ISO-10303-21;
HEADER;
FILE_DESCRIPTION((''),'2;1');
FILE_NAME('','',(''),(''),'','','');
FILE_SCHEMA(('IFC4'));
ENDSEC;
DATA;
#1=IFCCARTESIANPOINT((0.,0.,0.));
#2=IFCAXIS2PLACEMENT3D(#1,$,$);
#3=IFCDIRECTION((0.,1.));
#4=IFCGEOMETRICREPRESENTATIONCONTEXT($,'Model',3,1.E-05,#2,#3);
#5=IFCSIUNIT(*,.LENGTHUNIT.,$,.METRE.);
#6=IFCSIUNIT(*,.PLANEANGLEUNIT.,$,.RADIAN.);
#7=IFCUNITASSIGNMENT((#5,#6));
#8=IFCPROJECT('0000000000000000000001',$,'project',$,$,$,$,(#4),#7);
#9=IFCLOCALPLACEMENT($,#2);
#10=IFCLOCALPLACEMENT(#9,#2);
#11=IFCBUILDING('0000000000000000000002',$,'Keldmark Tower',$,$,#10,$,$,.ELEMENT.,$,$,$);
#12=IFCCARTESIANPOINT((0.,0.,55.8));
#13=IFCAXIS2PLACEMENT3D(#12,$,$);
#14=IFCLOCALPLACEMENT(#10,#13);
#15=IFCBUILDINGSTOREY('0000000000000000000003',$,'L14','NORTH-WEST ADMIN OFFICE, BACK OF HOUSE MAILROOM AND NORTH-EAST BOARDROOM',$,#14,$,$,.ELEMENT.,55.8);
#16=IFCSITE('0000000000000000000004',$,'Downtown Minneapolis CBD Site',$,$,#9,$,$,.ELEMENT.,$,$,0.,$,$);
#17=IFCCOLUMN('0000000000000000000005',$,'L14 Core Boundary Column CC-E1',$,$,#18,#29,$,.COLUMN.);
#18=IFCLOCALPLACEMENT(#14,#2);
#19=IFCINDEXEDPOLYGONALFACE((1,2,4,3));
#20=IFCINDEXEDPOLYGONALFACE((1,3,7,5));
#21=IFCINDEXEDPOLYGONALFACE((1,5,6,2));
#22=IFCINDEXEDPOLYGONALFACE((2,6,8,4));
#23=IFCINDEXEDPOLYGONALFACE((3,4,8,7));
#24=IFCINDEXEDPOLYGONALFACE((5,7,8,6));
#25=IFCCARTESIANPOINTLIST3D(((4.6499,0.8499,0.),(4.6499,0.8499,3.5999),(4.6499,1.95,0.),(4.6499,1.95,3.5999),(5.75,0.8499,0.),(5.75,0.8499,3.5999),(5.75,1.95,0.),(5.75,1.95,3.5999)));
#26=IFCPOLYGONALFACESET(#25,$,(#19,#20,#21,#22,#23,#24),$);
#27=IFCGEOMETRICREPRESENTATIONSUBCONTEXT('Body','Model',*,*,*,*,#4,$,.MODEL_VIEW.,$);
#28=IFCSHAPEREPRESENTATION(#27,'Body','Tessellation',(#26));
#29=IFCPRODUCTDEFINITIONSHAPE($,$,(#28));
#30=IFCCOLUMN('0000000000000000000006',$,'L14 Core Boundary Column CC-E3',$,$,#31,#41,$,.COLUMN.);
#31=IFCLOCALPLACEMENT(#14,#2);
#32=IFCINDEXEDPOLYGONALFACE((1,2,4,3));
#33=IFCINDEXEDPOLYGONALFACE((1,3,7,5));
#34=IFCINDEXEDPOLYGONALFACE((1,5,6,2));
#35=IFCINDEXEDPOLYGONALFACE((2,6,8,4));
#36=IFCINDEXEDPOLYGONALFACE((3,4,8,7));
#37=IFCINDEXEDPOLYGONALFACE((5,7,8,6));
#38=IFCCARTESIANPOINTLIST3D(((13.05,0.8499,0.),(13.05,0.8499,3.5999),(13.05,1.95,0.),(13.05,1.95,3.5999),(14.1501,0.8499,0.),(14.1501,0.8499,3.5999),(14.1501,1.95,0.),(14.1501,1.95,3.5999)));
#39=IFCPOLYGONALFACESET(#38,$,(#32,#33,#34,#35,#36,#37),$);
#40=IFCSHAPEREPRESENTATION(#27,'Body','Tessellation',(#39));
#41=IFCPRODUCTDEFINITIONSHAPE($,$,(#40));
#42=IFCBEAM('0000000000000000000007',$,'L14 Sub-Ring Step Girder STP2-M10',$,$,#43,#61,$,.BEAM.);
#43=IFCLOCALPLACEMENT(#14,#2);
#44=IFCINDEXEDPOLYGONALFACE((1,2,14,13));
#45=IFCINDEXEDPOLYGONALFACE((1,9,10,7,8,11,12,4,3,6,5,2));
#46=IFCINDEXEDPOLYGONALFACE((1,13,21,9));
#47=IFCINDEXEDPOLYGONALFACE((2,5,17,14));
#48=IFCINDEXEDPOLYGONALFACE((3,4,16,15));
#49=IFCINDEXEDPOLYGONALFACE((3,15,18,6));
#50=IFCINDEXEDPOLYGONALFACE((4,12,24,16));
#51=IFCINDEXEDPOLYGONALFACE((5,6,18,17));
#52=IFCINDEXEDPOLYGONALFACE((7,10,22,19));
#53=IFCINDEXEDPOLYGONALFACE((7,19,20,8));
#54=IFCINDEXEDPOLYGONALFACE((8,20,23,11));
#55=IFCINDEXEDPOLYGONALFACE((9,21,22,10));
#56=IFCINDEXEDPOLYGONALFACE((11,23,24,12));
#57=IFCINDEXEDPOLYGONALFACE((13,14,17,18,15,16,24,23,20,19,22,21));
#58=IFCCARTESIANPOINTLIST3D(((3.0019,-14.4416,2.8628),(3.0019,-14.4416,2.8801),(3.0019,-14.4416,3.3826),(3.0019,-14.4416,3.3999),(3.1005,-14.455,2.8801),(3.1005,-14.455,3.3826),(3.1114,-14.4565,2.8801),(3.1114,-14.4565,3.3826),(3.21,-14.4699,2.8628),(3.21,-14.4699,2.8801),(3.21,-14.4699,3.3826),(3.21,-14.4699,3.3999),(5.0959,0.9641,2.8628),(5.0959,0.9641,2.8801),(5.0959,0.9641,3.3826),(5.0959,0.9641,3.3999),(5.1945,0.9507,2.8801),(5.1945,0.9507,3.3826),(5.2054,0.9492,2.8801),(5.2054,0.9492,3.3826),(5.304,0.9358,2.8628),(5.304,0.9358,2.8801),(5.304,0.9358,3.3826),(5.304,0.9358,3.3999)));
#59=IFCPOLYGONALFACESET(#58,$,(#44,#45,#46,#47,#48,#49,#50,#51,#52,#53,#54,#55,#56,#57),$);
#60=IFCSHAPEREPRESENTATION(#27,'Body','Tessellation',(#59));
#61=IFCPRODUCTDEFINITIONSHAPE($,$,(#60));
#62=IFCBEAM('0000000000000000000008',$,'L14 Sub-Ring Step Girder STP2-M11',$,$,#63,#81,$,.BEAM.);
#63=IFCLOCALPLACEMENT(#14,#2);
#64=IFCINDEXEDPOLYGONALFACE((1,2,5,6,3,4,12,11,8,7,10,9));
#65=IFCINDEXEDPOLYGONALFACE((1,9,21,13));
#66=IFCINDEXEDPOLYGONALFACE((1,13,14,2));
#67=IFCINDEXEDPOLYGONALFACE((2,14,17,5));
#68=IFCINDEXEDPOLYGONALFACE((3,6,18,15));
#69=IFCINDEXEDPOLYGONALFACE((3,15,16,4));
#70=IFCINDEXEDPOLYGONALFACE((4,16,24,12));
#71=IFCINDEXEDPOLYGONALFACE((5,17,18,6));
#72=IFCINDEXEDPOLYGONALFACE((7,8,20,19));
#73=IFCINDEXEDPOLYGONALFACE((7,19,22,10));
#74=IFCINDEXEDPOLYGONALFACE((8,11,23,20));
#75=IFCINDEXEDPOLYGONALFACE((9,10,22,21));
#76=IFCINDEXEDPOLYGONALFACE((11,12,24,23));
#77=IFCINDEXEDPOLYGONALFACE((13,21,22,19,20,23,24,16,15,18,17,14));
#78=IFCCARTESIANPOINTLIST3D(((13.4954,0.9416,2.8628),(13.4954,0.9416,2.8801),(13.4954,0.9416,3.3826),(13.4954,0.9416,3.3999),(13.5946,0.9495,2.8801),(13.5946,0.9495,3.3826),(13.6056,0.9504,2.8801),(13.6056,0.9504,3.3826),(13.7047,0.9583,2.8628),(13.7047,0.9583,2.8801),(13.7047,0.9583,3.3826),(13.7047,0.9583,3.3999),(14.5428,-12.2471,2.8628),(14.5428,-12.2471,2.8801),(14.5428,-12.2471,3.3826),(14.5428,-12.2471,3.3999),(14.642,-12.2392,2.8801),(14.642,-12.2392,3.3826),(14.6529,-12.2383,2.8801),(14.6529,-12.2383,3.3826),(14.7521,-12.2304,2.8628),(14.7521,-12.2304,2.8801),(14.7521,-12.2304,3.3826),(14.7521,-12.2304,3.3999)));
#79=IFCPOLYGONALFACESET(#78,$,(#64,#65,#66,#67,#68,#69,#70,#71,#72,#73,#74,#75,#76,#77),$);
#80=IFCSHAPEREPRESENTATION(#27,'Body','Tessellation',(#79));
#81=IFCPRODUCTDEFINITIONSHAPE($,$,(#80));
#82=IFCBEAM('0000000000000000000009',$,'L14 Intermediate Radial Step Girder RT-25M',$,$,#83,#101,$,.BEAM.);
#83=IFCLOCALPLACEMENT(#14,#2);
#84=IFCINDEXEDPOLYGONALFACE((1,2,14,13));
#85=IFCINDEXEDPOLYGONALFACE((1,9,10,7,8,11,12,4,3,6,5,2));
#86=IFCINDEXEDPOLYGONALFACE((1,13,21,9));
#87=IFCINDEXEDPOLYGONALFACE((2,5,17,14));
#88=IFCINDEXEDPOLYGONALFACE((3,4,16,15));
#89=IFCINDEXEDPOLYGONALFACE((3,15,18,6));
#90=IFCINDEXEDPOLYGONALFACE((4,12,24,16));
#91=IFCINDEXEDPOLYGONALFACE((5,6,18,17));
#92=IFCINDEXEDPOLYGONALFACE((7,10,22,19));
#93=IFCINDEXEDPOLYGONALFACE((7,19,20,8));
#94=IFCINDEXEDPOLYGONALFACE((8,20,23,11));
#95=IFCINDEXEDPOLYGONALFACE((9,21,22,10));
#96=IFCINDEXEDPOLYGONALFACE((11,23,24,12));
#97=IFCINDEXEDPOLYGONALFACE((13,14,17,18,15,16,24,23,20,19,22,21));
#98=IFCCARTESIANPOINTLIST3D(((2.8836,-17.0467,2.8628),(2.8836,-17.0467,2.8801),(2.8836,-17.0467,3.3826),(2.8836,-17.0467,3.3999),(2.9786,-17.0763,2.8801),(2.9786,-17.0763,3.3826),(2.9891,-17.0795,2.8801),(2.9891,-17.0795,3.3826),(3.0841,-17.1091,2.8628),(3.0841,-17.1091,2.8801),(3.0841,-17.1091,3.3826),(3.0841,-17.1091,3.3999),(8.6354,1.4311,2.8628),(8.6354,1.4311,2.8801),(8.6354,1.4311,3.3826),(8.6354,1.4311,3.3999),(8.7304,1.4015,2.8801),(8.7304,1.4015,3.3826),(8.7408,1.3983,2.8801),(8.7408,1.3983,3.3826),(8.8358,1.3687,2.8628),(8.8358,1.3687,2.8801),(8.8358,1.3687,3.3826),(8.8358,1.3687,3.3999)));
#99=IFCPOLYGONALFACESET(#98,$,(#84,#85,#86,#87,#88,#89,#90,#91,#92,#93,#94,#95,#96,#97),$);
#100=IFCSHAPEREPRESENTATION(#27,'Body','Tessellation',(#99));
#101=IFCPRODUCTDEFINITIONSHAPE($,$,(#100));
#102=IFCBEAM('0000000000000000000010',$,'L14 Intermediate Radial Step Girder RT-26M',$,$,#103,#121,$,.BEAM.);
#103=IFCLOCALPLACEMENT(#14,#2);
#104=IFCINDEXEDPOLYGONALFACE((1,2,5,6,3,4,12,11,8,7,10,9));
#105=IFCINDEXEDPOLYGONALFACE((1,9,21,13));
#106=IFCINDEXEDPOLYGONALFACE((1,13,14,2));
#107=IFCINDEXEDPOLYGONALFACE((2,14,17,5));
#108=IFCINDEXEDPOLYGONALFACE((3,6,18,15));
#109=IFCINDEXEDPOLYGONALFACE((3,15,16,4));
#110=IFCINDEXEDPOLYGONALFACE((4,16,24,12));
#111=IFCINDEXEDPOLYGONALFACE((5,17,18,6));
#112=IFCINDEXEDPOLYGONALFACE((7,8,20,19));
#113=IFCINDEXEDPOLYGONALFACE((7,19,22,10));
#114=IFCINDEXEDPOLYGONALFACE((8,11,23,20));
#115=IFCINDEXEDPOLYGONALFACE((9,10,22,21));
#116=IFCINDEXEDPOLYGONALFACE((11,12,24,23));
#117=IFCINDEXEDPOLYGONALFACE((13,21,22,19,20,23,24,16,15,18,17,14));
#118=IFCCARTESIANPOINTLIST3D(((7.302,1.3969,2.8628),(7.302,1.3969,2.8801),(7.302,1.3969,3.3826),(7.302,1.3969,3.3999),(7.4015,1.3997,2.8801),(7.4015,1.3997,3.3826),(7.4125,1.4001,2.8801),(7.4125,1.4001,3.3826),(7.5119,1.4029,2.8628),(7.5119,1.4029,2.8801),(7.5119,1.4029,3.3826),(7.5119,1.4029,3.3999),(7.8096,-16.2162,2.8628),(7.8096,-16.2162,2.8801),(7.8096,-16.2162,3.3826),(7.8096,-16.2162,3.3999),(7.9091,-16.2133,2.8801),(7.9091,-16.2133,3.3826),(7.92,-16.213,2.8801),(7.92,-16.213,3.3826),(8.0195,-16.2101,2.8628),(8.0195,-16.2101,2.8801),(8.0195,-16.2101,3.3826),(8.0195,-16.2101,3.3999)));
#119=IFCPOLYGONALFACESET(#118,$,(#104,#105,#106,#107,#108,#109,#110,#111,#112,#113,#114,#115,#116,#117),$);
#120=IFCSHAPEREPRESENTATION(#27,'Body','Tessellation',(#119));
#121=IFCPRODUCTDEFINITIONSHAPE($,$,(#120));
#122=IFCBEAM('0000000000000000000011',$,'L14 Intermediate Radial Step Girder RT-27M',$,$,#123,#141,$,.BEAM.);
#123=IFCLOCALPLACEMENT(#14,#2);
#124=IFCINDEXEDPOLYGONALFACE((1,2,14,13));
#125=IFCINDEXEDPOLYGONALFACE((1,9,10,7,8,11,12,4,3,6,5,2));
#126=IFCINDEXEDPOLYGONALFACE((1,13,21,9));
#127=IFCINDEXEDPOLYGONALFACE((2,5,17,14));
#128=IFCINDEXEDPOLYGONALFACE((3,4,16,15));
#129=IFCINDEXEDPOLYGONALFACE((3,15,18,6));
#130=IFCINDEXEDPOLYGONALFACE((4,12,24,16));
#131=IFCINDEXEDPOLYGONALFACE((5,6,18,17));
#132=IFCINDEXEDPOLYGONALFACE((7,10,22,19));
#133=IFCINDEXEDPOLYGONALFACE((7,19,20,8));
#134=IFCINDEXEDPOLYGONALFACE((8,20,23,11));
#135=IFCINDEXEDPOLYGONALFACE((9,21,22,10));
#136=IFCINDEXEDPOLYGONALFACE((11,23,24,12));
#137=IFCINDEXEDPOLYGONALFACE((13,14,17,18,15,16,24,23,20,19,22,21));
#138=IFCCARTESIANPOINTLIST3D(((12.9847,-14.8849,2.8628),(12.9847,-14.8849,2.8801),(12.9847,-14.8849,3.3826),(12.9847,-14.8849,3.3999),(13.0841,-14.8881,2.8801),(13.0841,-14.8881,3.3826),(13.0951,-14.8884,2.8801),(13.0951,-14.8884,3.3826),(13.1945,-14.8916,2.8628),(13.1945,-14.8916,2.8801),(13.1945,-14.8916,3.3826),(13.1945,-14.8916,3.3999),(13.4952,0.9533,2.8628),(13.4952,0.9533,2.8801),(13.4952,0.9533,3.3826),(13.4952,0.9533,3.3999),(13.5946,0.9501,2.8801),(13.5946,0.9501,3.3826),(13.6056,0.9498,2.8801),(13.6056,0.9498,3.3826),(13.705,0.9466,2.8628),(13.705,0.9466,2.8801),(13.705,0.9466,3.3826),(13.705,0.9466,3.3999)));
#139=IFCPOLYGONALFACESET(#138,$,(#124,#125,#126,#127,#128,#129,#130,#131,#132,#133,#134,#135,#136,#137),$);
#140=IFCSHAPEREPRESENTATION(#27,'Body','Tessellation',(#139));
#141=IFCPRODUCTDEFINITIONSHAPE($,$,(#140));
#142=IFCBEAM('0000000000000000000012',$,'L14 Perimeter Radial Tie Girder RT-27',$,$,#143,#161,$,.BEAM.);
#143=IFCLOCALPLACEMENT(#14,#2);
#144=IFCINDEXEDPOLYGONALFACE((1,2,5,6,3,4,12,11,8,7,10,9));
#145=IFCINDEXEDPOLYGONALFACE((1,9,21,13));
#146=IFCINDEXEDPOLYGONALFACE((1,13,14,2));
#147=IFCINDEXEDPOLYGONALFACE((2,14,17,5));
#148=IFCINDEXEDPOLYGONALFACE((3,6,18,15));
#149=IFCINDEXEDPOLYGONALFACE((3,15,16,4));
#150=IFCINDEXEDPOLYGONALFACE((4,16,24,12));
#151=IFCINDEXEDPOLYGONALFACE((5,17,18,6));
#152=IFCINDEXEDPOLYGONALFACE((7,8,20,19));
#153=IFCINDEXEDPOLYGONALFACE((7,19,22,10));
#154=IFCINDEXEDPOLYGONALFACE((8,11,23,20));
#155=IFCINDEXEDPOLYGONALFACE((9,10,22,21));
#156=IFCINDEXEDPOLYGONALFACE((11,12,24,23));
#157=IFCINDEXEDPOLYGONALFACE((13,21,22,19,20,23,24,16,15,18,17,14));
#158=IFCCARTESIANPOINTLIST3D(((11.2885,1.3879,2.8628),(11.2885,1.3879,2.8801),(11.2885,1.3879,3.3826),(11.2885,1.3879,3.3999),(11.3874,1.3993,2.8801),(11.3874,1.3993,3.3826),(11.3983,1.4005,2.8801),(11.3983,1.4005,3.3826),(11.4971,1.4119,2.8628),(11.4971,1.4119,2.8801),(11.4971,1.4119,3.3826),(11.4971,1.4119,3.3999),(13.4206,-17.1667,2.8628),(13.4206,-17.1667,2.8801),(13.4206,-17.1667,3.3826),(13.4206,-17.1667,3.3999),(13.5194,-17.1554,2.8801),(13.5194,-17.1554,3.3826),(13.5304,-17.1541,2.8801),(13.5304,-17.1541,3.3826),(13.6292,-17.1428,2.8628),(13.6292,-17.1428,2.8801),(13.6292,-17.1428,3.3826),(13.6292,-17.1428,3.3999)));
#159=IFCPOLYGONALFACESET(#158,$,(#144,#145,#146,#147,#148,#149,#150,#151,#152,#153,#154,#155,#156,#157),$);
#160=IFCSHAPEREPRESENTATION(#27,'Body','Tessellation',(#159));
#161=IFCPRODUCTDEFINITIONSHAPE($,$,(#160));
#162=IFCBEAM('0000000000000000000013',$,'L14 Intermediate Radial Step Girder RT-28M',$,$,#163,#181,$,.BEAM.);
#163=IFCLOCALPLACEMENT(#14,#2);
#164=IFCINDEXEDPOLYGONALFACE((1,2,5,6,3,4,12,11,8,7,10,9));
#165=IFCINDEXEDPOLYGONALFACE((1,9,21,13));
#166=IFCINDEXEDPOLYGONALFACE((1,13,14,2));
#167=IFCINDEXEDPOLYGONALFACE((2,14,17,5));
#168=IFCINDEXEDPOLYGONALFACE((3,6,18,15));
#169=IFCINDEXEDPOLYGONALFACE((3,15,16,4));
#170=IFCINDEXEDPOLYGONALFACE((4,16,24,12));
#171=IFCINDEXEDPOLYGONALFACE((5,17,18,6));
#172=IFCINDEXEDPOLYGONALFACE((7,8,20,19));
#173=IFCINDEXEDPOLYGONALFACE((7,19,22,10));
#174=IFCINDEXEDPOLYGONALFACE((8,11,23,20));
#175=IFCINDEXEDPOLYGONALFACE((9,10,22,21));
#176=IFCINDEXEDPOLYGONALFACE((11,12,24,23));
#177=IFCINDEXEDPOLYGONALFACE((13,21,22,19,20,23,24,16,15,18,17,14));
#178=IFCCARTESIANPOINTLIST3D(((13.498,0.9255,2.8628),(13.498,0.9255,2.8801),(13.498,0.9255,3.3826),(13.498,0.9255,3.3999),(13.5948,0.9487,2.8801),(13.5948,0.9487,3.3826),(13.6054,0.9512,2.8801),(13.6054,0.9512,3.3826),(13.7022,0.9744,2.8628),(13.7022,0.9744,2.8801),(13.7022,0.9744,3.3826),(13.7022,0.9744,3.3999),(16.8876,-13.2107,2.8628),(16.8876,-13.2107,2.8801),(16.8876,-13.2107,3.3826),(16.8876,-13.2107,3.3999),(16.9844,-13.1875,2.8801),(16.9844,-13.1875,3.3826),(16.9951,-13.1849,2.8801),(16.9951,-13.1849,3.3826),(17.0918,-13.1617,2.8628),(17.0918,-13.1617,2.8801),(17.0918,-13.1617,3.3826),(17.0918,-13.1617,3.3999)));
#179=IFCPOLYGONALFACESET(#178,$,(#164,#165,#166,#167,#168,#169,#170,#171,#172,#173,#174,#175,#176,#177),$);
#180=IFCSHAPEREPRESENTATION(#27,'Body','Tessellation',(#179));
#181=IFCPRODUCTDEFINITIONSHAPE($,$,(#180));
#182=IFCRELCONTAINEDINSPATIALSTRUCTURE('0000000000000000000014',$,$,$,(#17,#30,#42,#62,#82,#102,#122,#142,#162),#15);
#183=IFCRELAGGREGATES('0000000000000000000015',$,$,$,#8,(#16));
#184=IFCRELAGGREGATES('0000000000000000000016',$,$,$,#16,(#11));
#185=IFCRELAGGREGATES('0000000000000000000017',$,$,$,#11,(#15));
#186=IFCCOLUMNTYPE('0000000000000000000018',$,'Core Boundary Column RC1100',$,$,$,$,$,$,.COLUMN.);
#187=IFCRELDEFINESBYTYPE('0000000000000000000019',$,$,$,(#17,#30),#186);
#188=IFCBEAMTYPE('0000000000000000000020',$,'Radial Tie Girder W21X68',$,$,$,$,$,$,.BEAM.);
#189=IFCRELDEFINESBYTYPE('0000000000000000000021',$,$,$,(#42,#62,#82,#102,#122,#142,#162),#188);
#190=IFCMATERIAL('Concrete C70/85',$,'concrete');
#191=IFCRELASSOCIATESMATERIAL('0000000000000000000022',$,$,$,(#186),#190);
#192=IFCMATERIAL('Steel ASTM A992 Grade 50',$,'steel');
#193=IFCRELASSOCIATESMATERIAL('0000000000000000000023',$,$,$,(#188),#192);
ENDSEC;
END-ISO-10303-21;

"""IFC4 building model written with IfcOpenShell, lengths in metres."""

from ifc_helpers import new_model, si_unit, direction, frame, origin, origin_2d, place, context, subcontext, project, spatial, rectangle, i_section, extrude, material, material_profile, profile_set, type_object, element, save


model = new_model("IFC4")

# Units and contexts
model_context = context("Model", 3, precision=1e-05, world=origin(), true_north=direction((0.0, 1.0)))
body_context = subcontext(model_context, "Body", "Model", "MODEL_VIEW")
ifc_project = project(units=[si_unit("LENGTHUNIT", "METRE"), si_unit("PLANEANGLEUNIT", "RADIAN")], contexts=[model_context])

# Site, building, storey
site_placement = place(None, origin())
site = spatial("IfcSite", under=ifc_project, at=site_placement, Name="Downtown Minneapolis CBD Site", CompositionType="ELEMENT", RefElevation=0.0)
building_placement = place(site_placement, origin())
building = spatial("IfcBuilding", under=site, at=building_placement, Name="Keldmark Tower", CompositionType="ELEMENT")
storey_placement = place(building_placement, frame((0.0, 0.0, 55.8)))
storey = spatial("IfcBuildingStorey", under=building, at=storey_placement, Name="L14", Description="NORTH-WEST ADMIN OFFICE, BACK OF HOUSE MAILROOM AND NORTH-EAST BOARDROOM", CompositionType="ELEMENT", Elevation=55.8)

# Columns
ifc_material_1 = material(Name="Concrete C70/85", Category="concrete")
ifc_material_profile_1 = material_profile(ifc_material_1, rectangle(XDim=1.1001, YDim=1.1001, at=origin_2d()), Name="RC1100X1100")
ifc_profile_set_1 = profile_set([ifc_material_profile_1], Name="Concrete C70/85")
column_type = type_object("IfcColumnType", Name="Core Boundary Column RC1100", PredefinedType="COLUMN", material=ifc_profile_set_1)
for number, where, z_axis, x_axis, name in (
    (1, (5.2, 1.3999, 0.0), (0.0, 0.0, 1.0), (1.0, 0.0, 0.0), "L14 Core Boundary Column CC-E1"),
    (2, (13.6001, 1.3999, 0.0), (0.0, 0.0, 1.0), (1.0, 0.0, 0.0), "L14 Core Boundary Column CC-E3"),
):
    element("IfcColumn", number, at=place(storey_placement, frame(where, z_axis=z_axis, x_axis=x_axis)), inside=storey, type_object=column_type, Name=name, PredefinedType="COLUMN", context=body_context, shape_type="SweptSolid", body=[
        extrude(rectangle(XDim=1.1001, YDim=1.1001, at=origin_2d()), origin(), (0.0, 0.0, 1.0), 3.5999),
    ])

# Beams
ifc_material_2 = material(Name="Steel ASTM A992 Grade 50", Category="steel")
ifc_material_profile_2 = material_profile(ifc_material_2, i_section(OverallWidth=0.21, OverallDepth=0.5371, WebThickness=0.011, FlangeThickness=0.0173, at=origin_2d()), Name="W21X68")
ifc_profile_set_2 = profile_set([ifc_material_profile_2], Name="Steel ASTM A992 Grade 50")
beam_type = type_object("IfcBeamType", Name="Radial Tie Girder W21X68", PredefinedType="BEAM", material=ifc_profile_set_2)
beam_1_placement = place(storey_placement, frame((5.2, 0.95, 3.1313), z_axis=(-0.134684, -0.990889, 0.0), x_axis=(0.990889, -0.134684, 0.0)))
element("IfcBeam", 3, at=beam_1_placement, inside=storey, type_object=beam_type, Name="L14 Sub-Ring Step Girder STP2-M10", PredefinedType="BEAM", context=body_context, shape_type="SweptSolid", body=[
    extrude(i_section(OverallWidth=0.21, OverallDepth=0.5371, WebThickness=0.011, FlangeThickness=0.0173, at=origin_2d()), origin(), (0.0, 0.0, 1.0), 15.5474),
])
beam_2_placement = place(storey_placement, frame((13.6001, 0.95, 3.1313), z_axis=(0.079164, -0.996862, 0.0), x_axis=(0.996862, 0.079164, 0.0)))
element("IfcBeam", 4, at=beam_2_placement, inside=storey, type_object=beam_type, Name="L14 Sub-Ring Step Girder STP2-M11", PredefinedType="BEAM", context=body_context, shape_type="SweptSolid", body=[
    extrude(i_section(OverallWidth=0.21, OverallDepth=0.5371, WebThickness=0.011, FlangeThickness=0.0173, at=origin_2d()), origin(), (0.0, 0.0, 1.0), 13.2302),
])
beam_3_placement = place(storey_placement, frame((8.7356, 1.3999, 3.1313), z_axis=(-0.297211, -0.954812, 0.0), x_axis=(0.954812, -0.297211, 0.0)))
element("IfcBeam", 5, at=beam_3_placement, inside=storey, type_object=beam_type, Name="L14 Intermediate Radial Step Girder RT-25M", PredefinedType="BEAM", context=body_context, shape_type="SweptSolid", body=[
    extrude(i_section(OverallWidth=0.21, OverallDepth=0.5371, WebThickness=0.011, FlangeThickness=0.0173, at=origin_2d()), origin(), (0.0, 0.0, 1.0), 19.3523),
])
beam_4_placement = place(storey_placement, frame((7.407, 1.3999, 3.1313), z_axis=(0.028806, -0.999585, 0.0), x_axis=(0.999585, 0.028806, 0.0)))
element("IfcBeam", 6, at=beam_4_placement, inside=storey, type_object=beam_type, Name="L14 Intermediate Radial Step Girder RT-26M", PredefinedType="BEAM", context=body_context, shape_type="SweptSolid", body=[
    extrude(i_section(OverallWidth=0.21, OverallDepth=0.5371, WebThickness=0.011, FlangeThickness=0.0173, at=origin_2d()), origin(), (0.0, 0.0, 1.0), 17.6204),
])
beam_5_placement = place(storey_placement, frame((13.6001, 0.95, 3.1313), z_axis=(-0.032215, -0.999481, 0.0), x_axis=(0.999481, -0.032215, 0.0)))
element("IfcBeam", 7, at=beam_5_placement, inside=storey, type_object=beam_type, Name="L14 Intermediate Radial Step Girder RT-27M", PredefinedType="BEAM", context=body_context, shape_type="SweptSolid", body=[
    extrude(i_section(OverallWidth=0.21, OverallDepth=0.5371, WebThickness=0.011, FlangeThickness=0.0173, at=origin_2d()), origin(), (0.0, 0.0, 1.0), 15.8464),
])
beam_6_placement = place(storey_placement, frame((11.3928, 1.3999, 3.1313), z_axis=(0.114157, -0.993463, 0.0), x_axis=(0.993463, 0.114157, 0.0)))
element("IfcBeam", 8, at=beam_6_placement, inside=storey, type_object=beam_type, Name="L14 Perimeter Radial Tie Girder RT-27", PredefinedType="BEAM", context=body_context, shape_type="SweptSolid", body=[
    extrude(i_section(OverallWidth=0.21, OverallDepth=0.5371, WebThickness=0.011, FlangeThickness=0.0173, at=origin_2d()), origin(), (0.0, 0.0, 1.0), 18.6768),
])
beam_7_placement = place(storey_placement, frame((13.6001, 0.95, 3.1313), z_axis=(0.233175, -0.972435, 0.0), x_axis=(0.972435, 0.233175, 0.0)))
element("IfcBeam", 9, at=beam_7_placement, inside=storey, type_object=beam_type, Name="L14 Intermediate Radial Step Girder RT-28M", PredefinedType="BEAM", context=body_context, shape_type="SweptSolid", body=[
    extrude(i_section(OverallWidth=0.21, OverallDepth=0.5371, WebThickness=0.011, FlangeThickness=0.0173, at=origin_2d()), origin(), (0.0, 0.0, 1.0), 14.5369),
])

save(model, "model.ifc")
